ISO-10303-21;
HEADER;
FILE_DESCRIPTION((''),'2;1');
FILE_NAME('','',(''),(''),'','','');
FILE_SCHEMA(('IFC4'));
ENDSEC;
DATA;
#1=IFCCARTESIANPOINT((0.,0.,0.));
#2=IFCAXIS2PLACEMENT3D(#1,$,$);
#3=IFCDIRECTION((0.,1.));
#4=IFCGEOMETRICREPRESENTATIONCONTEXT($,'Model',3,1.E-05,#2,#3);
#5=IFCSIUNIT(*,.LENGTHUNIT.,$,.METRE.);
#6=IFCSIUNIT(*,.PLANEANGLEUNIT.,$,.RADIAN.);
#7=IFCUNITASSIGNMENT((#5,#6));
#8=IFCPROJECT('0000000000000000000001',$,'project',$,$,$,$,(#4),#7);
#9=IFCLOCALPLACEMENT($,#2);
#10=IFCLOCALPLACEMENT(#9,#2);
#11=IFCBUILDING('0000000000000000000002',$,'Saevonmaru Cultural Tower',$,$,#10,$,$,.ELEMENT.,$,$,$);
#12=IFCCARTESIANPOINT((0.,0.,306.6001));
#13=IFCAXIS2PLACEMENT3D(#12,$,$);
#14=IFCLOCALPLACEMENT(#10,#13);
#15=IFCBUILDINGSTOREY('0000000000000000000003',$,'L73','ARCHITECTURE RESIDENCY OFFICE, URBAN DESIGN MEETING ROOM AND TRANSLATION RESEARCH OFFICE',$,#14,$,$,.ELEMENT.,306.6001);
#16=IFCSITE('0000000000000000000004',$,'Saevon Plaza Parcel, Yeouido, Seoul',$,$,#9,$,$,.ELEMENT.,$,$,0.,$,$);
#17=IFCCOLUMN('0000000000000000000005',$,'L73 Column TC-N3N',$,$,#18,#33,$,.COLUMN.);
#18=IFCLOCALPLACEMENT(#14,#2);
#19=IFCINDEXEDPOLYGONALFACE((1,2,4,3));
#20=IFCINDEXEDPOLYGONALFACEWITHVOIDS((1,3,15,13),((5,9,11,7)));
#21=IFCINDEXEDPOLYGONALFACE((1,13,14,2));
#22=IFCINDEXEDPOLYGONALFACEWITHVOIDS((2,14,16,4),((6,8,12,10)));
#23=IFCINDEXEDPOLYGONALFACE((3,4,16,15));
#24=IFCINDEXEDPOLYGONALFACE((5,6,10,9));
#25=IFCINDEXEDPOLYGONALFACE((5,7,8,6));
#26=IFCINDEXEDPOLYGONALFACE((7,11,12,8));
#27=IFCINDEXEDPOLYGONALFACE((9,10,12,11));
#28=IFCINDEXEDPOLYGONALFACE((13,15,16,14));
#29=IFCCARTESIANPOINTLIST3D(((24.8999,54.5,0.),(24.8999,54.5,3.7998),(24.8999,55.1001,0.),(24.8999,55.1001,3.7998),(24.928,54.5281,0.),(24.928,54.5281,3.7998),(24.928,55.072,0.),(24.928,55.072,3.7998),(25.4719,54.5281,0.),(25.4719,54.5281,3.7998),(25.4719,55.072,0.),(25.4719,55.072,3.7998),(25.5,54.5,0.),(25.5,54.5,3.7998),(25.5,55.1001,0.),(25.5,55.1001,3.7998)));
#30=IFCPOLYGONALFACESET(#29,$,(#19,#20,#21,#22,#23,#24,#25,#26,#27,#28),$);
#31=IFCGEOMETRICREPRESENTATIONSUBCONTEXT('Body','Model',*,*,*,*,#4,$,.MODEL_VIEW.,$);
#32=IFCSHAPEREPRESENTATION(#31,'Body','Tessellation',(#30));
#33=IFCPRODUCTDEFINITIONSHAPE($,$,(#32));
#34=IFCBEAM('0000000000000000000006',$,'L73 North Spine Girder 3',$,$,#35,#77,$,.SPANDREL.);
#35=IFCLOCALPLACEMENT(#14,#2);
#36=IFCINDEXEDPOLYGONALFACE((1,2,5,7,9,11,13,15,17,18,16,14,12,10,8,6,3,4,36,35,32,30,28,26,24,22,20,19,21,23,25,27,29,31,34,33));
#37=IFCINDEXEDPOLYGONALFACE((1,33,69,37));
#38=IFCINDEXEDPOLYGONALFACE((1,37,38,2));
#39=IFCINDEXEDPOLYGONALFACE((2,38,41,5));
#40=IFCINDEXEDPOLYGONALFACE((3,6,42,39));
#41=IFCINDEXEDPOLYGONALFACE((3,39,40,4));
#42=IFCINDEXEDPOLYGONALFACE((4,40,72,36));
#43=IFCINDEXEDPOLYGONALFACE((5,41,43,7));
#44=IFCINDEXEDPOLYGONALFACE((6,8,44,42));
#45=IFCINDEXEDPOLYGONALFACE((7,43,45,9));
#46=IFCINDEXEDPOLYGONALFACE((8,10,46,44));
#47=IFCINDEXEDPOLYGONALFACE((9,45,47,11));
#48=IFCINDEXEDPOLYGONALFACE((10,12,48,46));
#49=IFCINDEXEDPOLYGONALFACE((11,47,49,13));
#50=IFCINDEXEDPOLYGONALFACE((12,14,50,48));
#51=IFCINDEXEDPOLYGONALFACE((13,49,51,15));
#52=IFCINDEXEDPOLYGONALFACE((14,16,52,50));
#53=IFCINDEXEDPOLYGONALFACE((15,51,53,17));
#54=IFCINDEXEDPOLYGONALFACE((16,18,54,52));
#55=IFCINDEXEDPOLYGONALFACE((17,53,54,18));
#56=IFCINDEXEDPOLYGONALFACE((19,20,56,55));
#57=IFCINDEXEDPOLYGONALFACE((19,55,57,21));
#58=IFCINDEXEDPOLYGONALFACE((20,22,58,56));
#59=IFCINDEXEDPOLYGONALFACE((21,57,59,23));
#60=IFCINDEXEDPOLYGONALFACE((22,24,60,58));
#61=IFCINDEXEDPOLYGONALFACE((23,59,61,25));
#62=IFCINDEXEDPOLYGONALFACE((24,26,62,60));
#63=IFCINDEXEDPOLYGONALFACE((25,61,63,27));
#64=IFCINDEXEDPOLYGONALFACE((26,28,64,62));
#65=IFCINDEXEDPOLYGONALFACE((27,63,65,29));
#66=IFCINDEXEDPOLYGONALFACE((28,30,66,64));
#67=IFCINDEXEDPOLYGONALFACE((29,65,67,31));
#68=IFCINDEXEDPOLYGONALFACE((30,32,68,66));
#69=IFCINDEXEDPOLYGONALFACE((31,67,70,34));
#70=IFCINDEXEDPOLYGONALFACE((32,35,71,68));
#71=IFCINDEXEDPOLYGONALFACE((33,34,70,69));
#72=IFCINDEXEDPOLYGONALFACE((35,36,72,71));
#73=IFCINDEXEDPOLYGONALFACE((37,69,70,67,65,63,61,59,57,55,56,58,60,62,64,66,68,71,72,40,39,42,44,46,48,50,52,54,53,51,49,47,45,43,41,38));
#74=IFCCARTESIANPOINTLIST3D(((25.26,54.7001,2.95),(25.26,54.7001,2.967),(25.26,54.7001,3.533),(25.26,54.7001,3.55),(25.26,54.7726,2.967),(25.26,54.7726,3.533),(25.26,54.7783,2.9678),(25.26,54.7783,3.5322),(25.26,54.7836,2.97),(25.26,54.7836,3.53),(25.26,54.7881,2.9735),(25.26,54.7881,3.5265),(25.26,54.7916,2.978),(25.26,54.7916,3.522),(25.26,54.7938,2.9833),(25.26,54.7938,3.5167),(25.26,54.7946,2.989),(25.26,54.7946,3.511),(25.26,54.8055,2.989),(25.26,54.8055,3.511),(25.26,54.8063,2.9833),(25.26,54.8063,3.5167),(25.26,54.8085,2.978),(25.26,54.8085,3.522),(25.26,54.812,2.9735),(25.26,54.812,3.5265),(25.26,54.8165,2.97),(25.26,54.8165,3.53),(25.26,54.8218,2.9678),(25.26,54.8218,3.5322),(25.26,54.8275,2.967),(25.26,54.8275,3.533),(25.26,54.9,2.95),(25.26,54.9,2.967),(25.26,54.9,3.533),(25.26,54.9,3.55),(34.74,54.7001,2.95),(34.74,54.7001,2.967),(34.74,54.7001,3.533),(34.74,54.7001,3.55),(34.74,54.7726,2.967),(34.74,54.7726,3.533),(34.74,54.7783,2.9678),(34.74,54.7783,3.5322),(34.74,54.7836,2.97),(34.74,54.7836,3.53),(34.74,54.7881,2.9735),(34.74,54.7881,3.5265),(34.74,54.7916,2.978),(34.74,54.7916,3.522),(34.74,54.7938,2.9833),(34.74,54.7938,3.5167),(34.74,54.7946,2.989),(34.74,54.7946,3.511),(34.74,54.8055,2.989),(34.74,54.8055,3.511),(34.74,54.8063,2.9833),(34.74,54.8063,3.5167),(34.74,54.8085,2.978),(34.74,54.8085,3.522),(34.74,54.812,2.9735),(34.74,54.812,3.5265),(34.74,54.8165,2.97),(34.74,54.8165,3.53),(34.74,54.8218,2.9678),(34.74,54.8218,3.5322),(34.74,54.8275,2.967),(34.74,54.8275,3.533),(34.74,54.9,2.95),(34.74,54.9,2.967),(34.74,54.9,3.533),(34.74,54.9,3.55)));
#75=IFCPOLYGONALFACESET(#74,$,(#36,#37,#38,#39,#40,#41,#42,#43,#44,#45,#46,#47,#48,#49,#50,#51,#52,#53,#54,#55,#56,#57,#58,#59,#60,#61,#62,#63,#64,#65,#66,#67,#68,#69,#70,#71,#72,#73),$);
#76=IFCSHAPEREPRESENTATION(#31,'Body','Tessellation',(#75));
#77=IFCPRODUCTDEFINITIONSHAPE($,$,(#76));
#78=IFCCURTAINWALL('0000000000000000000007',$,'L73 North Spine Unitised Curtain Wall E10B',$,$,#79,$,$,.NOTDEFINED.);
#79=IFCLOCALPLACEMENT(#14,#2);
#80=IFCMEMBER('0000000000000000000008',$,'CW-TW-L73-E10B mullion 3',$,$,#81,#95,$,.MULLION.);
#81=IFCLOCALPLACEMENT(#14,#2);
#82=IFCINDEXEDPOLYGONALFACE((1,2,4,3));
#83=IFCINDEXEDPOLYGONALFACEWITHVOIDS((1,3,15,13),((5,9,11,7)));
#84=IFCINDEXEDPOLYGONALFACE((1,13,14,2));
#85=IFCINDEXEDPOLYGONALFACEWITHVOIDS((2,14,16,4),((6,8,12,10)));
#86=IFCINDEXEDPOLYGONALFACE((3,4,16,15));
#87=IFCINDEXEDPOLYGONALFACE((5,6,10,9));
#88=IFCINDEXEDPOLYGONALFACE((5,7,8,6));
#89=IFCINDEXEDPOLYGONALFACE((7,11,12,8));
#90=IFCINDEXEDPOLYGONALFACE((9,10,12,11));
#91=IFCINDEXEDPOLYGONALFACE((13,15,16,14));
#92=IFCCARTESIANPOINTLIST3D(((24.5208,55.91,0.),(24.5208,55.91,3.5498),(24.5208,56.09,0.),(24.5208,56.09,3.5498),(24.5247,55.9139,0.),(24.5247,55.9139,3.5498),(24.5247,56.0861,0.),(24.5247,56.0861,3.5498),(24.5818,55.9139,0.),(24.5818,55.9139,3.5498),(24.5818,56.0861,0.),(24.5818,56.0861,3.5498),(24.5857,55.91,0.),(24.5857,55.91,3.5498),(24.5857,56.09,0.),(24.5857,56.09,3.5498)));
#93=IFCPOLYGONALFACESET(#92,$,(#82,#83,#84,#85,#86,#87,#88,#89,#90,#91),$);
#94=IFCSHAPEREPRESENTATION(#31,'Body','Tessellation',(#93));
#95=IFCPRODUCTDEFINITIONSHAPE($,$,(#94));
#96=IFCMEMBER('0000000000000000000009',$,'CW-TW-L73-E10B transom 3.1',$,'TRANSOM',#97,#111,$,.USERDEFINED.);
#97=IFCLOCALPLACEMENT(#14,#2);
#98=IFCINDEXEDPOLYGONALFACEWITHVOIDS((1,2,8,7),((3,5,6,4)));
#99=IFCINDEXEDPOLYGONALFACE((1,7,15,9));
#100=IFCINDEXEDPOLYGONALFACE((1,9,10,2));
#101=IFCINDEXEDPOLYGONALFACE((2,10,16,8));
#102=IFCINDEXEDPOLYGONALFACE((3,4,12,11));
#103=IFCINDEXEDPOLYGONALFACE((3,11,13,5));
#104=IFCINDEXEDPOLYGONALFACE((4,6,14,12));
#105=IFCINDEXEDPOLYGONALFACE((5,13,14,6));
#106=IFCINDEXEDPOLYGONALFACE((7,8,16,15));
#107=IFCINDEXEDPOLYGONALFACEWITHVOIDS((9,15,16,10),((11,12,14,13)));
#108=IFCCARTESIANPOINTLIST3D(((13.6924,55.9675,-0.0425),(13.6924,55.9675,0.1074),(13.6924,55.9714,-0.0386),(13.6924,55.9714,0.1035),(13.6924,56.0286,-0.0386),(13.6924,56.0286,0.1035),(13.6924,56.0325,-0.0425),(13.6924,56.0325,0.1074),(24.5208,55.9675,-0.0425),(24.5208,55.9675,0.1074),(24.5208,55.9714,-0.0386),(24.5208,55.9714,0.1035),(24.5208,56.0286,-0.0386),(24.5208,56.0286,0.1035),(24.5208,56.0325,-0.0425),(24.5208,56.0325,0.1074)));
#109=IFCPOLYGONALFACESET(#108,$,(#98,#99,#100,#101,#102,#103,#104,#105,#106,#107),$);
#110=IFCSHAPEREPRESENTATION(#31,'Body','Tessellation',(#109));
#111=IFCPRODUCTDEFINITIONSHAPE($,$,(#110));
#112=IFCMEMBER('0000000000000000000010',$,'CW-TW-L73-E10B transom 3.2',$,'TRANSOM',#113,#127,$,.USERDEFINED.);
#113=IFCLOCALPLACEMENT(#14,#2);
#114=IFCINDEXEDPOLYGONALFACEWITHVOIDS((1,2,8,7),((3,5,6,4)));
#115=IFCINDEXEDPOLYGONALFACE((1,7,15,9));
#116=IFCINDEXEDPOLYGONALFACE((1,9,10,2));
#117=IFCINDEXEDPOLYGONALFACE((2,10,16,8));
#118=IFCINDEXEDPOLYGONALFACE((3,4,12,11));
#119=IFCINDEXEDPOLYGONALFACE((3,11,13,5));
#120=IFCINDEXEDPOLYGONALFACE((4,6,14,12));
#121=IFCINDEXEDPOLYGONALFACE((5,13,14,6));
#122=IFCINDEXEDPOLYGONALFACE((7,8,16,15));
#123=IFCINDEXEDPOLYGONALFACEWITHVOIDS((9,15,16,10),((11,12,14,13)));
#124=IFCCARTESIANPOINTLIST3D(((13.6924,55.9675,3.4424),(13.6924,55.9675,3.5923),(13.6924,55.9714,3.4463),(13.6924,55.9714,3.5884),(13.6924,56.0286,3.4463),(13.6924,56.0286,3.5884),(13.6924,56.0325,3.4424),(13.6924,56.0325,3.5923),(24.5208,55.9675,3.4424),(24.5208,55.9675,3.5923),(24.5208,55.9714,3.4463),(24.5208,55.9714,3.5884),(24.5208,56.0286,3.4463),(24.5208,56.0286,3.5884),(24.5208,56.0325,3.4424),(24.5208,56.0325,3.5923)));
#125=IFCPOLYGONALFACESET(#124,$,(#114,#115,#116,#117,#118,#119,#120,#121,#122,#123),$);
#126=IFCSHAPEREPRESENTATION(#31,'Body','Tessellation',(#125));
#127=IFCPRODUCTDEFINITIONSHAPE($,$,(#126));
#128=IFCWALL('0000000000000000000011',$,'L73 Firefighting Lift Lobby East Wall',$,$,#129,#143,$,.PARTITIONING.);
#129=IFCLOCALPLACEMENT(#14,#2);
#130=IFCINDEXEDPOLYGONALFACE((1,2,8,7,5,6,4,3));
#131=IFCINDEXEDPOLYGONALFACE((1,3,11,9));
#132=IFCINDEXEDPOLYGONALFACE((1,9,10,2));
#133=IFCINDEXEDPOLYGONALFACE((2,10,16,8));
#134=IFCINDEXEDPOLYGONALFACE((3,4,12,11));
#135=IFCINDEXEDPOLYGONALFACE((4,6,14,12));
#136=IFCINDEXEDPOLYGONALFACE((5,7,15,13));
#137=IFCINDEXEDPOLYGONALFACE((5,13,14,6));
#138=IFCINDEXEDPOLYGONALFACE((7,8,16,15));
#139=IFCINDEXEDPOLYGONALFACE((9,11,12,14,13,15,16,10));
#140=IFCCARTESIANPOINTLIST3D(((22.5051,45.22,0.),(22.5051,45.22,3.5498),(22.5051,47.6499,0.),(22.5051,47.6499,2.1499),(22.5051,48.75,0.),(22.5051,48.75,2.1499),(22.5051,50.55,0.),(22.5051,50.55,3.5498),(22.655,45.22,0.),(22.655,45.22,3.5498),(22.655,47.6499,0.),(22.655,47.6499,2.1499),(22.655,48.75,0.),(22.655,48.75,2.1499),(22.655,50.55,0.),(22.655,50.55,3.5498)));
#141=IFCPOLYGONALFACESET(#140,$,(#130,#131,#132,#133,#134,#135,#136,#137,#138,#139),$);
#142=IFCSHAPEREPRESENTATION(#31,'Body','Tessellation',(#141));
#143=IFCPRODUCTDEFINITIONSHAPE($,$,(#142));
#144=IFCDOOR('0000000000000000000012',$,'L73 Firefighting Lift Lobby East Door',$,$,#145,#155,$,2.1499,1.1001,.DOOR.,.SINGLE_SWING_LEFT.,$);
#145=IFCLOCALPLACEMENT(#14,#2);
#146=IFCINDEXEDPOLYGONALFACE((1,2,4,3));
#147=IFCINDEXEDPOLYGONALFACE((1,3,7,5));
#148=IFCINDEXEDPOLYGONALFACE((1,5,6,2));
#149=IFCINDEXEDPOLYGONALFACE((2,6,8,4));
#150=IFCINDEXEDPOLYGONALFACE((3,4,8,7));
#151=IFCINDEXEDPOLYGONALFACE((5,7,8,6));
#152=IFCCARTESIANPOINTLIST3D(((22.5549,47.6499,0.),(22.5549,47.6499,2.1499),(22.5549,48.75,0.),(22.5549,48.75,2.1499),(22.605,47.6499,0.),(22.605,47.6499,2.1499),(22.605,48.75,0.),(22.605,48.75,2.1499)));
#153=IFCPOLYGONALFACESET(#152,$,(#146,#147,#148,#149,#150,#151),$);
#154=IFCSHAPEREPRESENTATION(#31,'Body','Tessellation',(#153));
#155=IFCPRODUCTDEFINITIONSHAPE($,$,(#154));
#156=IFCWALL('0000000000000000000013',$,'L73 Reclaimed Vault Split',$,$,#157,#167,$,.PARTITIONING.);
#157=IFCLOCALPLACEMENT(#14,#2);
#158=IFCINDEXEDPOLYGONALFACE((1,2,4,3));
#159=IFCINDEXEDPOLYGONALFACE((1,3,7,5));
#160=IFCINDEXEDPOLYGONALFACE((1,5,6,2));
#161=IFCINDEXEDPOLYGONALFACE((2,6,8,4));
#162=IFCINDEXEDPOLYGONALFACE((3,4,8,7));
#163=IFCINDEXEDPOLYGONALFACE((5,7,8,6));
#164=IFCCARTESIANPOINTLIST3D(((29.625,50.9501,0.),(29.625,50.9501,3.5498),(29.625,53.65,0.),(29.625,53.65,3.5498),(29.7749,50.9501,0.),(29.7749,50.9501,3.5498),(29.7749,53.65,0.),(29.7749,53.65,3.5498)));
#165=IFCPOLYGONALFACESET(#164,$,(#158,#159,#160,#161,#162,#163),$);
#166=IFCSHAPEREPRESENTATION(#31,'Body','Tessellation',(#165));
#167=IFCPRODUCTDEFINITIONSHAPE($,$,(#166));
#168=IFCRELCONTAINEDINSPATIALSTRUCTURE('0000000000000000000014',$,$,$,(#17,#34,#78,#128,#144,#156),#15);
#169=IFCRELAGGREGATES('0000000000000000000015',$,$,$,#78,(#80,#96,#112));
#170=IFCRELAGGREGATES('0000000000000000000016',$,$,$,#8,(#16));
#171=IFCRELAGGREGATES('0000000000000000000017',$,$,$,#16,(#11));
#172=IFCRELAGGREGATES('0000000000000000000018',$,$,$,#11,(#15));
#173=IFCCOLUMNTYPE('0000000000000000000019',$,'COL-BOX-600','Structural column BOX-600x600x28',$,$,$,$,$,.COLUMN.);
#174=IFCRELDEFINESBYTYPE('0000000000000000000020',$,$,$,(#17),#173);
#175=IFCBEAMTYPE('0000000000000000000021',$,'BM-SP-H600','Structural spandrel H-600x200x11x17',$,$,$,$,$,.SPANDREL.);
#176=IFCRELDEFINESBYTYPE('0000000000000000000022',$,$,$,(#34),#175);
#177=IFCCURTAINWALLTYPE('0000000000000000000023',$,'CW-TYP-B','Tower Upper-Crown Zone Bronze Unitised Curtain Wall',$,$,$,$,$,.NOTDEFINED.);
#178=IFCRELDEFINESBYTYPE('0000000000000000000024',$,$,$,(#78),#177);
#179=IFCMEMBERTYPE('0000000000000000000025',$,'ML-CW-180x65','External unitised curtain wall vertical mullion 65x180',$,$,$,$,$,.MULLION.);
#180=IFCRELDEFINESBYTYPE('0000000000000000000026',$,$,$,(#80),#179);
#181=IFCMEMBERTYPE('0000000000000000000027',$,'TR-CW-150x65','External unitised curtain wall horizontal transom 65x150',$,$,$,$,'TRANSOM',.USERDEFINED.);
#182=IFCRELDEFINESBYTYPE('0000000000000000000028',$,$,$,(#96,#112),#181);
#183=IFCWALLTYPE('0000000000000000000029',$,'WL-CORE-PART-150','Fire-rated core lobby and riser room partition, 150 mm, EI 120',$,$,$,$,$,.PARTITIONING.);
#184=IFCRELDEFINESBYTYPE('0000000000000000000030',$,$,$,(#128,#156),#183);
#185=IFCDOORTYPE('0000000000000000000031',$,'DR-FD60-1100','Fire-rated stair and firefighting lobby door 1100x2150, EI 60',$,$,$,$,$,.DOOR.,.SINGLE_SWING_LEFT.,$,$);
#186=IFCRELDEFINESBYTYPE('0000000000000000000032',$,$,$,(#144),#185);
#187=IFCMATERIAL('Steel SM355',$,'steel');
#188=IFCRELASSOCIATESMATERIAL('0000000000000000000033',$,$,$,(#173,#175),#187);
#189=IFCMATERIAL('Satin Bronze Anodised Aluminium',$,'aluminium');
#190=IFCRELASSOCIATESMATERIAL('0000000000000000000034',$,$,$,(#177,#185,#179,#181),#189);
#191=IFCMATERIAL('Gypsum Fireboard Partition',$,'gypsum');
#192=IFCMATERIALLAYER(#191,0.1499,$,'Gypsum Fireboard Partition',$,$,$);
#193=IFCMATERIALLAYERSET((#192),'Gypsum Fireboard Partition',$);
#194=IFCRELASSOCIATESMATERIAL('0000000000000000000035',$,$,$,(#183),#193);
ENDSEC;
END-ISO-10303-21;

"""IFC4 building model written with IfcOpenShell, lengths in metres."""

from ifc_helpers import new_model, si_unit, direction, frame, frame_2d, origin, origin_2d, place, context, subcontext, project, spatial, rectangle, hollow_rectangle, i_section, extrude, material, layer, layer_set, material_profile, profile_set, type_object, element, fill, aggregate, save


model = new_model("IFC4")

# Units and contexts
model_context = context("Model", 3, precision=1e-05, world=origin(), true_north=direction((0.0, 1.0)))
body_context = subcontext(model_context, "Body", "Model", "MODEL_VIEW")
ifc_project = project(units=[si_unit("LENGTHUNIT", "METRE"), si_unit("PLANEANGLEUNIT", "RADIAN")], contexts=[model_context])

# Site, building, storey
site_placement = place(None, origin())
site = spatial("IfcSite", under=ifc_project, at=site_placement, Name="Saevon Plaza Parcel, Yeouido, Seoul", CompositionType="ELEMENT", RefElevation=0.0)
building_placement = place(site_placement, origin())
building = spatial("IfcBuilding", under=site, at=building_placement, Name="Saevonmaru Cultural Tower", CompositionType="ELEMENT")
storey_placement = place(building_placement, frame((0.0, 0.0, 306.6001)))
storey = spatial("IfcBuildingStorey", under=building, at=storey_placement, Name="L73", Description="ARCHITECTURE RESIDENCY OFFICE, URBAN DESIGN MEETING ROOM AND TRANSLATION RESEARCH OFFICE", CompositionType="ELEMENT", Elevation=306.6001)

# Column
ifc_material_1 = material(Name="Steel SM355", Category="steel")
ifc_material_profile_1 = material_profile(ifc_material_1, hollow_rectangle(XDim=0.6001, YDim=0.6001, WallThickness=0.0281, at=origin_2d()), Name="BOX-600x600x28")
ifc_profile_set_1 = profile_set([ifc_material_profile_1], Name="Steel SM355")
column_type = type_object("IfcColumnType", Name="COL-BOX-600", Description="Structural column BOX-600x600x28", PredefinedType="COLUMN", material=ifc_profile_set_1)
column_placement = place(storey_placement, frame((25.2, 54.8, 0.0), z_axis=(0.0, 0.0, 1.0), x_axis=(1.0, 0.0, 0.0)))
element("IfcColumn", 1, at=column_placement, inside=storey, type_object=column_type, Name="L73 Column TC-N3N", PredefinedType="COLUMN", context=body_context, shape_type="SweptSolid", body=[
    extrude(hollow_rectangle(XDim=0.6001, YDim=0.6001, WallThickness=0.0281, at=origin_2d()), origin(), (0.0, 0.0, 1.0), 3.7998),
])

# Beam
ifc_material_profile_2 = material_profile(ifc_material_1, i_section(OverallWidth=0.2, OverallDepth=0.6001, WebThickness=0.011, FlangeThickness=0.0171, FilletRadius=0.022, at=origin_2d()), Name="H-600x200x11x17")
ifc_profile_set_2 = profile_set([ifc_material_profile_2], Name="Steel SM355")
beam_type = type_object("IfcBeamType", Name="BM-SP-H600", Description="Structural spandrel H-600x200x11x17", PredefinedType="SPANDREL", material=ifc_profile_set_2)
beam_placement = place(storey_placement, frame((25.26, 54.8, 3.25), z_axis=(1.0, 0.0, 0.0), x_axis=(0.0, 1.0, 0.0)))
element("IfcBeam", 2, at=beam_placement, inside=storey, type_object=beam_type, Name="L73 North Spine Girder 3", PredefinedType="SPANDREL", context=body_context, shape_type="SweptSolid", body=[
    extrude(i_section(OverallWidth=0.2, OverallDepth=0.6001, WebThickness=0.011, FlangeThickness=0.0171, FilletRadius=0.022, at=origin_2d()), origin(), (0.0, 0.0, 1.0), 9.48),
])

# Curtain wall, members
ifc_material_2 = material(Name="Satin Bronze Anodised Aluminium", Category="aluminium")
curtain_wall_type = type_object("IfcCurtainWallType", Name="CW-TYP-B", Description="Tower Upper-Crown Zone Bronze Unitised Curtain Wall", PredefinedType="NOTDEFINED", material=ifc_material_2)
curtain_wall_placement = place(storey_placement, origin())
curtain_wall = element("IfcCurtainWall", 3, at=curtain_wall_placement, inside=storey, type_object=curtain_wall_type, Name="L73 North Spine Unitised Curtain Wall E10B", PredefinedType="NOTDEFINED")
ifc_material_profile_3 = material_profile(ifc_material_2, hollow_rectangle(XDim=0.0649, YDim=0.1799, WallThickness=0.0039, at=origin_2d()), Name="ALU-MULL-180x65x4")
ifc_profile_set_3 = profile_set([ifc_material_profile_3], Name="Satin Bronze Anodised Aluminium")
member_type_1 = type_object("IfcMemberType", Name="ML-CW-180x65", Description="External unitised curtain wall vertical mullion 65x180", PredefinedType="MULLION", material=ifc_profile_set_3)
member_1_placement = place(storey_placement, frame((24.5532, 56.0, 0.0), z_axis=(0.0, 0.0, 1.0), x_axis=(-1.0, 0.0, 0.0)))
member_1 = element("IfcMember", 4, at=member_1_placement, type_object=member_type_1, Name="CW-TW-L73-E10B mullion 3", PredefinedType="MULLION", context=body_context, shape_type="SweptSolid", body=[
    extrude(hollow_rectangle(XDim=0.0649, YDim=0.1799, WallThickness=0.0039, at=origin_2d()), origin(), (0.0, 0.0, 1.0), 3.5498),
])
ifc_material_profile_4 = material_profile(ifc_material_2, hollow_rectangle(XDim=0.0649, YDim=0.1499, WallThickness=0.0039, at=origin_2d()), Name="ALU-TRAN-150x65x4")
ifc_profile_set_4 = profile_set([ifc_material_profile_4], Name="Satin Bronze Anodised Aluminium")
member_type_2 = type_object("IfcMemberType", Name="TR-CW-150x65", Description="External unitised curtain wall horizontal transom 65x150", ElementType="TRANSOM", PredefinedType="USERDEFINED", material=ifc_profile_set_4)
member_2_placement = place(storey_placement, frame((24.5208, 56.0, 0.0325), z_axis=(-1.0, 0.0, 0.0), x_axis=(0.0, -1.0, 0.0)))
member_2 = element("IfcMember", 5, at=member_2_placement, type_object=member_type_2, Name="CW-TW-L73-E10B transom 3.1", ObjectType="TRANSOM", PredefinedType="USERDEFINED", context=body_context, shape_type="SweptSolid", body=[
    extrude(hollow_rectangle(XDim=0.0649, YDim=0.1499, WallThickness=0.0039, at=origin_2d()), origin(), (0.0, 0.0, 1.0), 10.8284),
])
member_3_placement = place(storey_placement, frame((24.5208, 56.0, 3.5173), z_axis=(-1.0, 0.0, 0.0), x_axis=(0.0, -1.0, 0.0)))
member_3 = element("IfcMember", 6, at=member_3_placement, type_object=member_type_2, Name="CW-TW-L73-E10B transom 3.2", ObjectType="TRANSOM", PredefinedType="USERDEFINED", context=body_context, shape_type="SweptSolid", body=[
    extrude(hollow_rectangle(XDim=0.0649, YDim=0.1499, WallThickness=0.0039, at=origin_2d()), origin(), (0.0, 0.0, 1.0), 10.8284),
])
aggregate(curtain_wall, [member_1, member_2, member_3])

# Wall, opening, door
ifc_material_3 = material(Name="Gypsum Fireboard Partition", Category="gypsum")
ifc_layer_1 = layer(ifc_material_3, 0.1499, Name="Gypsum Fireboard Partition")
ifc_layer_set_1 = layer_set([ifc_layer_1], Name="Gypsum Fireboard Partition")
wall_type_1 = type_object("IfcWallType", Name="WL-CORE-PART-150", Description="Fire-rated core lobby and riser room partition, 150 mm, EI 120", PredefinedType="PARTITIONING", material=ifc_layer_set_1)
wall_1_placement = place(storey_placement, frame((22.5801, 50.55, 0.0), z_axis=(0.0, 0.0, 1.0), x_axis=(0.0, -1.0, 0.0)))
wall_1 = element("IfcWall", 7, at=wall_1_placement, inside=storey, type_object=wall_type_1, Name="L73 Firefighting Lift Lobby East Wall", PredefinedType="PARTITIONING", context=body_context, shape_type="SweptSolid", body=[
    extrude(rectangle(XDim=5.3301, YDim=0.1499, at=frame_2d((2.665, 0.0))), origin(), (0.0, 0.0, 1.0), 3.5498),
])
opening_1_placement = place(wall_1_placement, frame((1.8, 0.0, 0.0)))
opening_1 = element("IfcOpeningElement", 8, at=opening_1_placement, cuts=wall_1, PredefinedType="OPENING", context=body_context, shape_type="SweptSolid", body=[
    extrude(rectangle(XDim=1.1001, YDim=2.1499, at=frame_2d((0.55, 1.075))), frame((0.0, 0.085, 0.0), z_axis=(0.0, -1.0, 0.0), x_axis=(1.0, 0.0, 0.0)), (0.0, 0.0, 1.0), 0.1699),
])
door_type_1 = type_object("IfcDoorType", Name="DR-FD60-1100", Description="Fire-rated stair and firefighting lobby door 1100x2150, EI 60", OperationType="SINGLE_SWING_LEFT", PredefinedType="DOOR", material=ifc_material_2)
door_1_placement = place(opening_1_placement, origin())
door_1 = element("IfcDoor", 9, at=door_1_placement, inside=storey, type_object=door_type_1, Name="L73 Firefighting Lift Lobby East Door", OperationType="SINGLE_SWING_LEFT", OverallHeight=2.1499, OverallWidth=1.1001, PredefinedType="DOOR", context=body_context, shape_type="SweptSolid", body=[
    extrude(rectangle(XDim=1.1001, YDim=2.1499, at=frame_2d((0.55, 1.075))), frame((0.0, 0.0249, 0.0), z_axis=(0.0, -1.0, 0.0), x_axis=(1.0, 0.0, 0.0)), (0.0, 0.0, 1.0), 0.05),
])
fill(opening_1, door_1)

# Wall
wall_2_placement = place(storey_placement, frame((29.7, 50.95, 0.0), z_axis=(0.0, 0.0, 1.0), x_axis=(0.0, 1.0, 0.0)))
element("IfcWall", 10, at=wall_2_placement, inside=storey, type_object=wall_type_1, Name="L73 Reclaimed Vault Split", PredefinedType="PARTITIONING", context=body_context, shape_type="SweptSolid", body=[
    extrude(rectangle(XDim=2.7, YDim=0.1499, at=frame_2d((1.3501, 0.0))), origin(), (0.0, 0.0, 1.0), 3.5498),
])

save(model, "model.ifc")
